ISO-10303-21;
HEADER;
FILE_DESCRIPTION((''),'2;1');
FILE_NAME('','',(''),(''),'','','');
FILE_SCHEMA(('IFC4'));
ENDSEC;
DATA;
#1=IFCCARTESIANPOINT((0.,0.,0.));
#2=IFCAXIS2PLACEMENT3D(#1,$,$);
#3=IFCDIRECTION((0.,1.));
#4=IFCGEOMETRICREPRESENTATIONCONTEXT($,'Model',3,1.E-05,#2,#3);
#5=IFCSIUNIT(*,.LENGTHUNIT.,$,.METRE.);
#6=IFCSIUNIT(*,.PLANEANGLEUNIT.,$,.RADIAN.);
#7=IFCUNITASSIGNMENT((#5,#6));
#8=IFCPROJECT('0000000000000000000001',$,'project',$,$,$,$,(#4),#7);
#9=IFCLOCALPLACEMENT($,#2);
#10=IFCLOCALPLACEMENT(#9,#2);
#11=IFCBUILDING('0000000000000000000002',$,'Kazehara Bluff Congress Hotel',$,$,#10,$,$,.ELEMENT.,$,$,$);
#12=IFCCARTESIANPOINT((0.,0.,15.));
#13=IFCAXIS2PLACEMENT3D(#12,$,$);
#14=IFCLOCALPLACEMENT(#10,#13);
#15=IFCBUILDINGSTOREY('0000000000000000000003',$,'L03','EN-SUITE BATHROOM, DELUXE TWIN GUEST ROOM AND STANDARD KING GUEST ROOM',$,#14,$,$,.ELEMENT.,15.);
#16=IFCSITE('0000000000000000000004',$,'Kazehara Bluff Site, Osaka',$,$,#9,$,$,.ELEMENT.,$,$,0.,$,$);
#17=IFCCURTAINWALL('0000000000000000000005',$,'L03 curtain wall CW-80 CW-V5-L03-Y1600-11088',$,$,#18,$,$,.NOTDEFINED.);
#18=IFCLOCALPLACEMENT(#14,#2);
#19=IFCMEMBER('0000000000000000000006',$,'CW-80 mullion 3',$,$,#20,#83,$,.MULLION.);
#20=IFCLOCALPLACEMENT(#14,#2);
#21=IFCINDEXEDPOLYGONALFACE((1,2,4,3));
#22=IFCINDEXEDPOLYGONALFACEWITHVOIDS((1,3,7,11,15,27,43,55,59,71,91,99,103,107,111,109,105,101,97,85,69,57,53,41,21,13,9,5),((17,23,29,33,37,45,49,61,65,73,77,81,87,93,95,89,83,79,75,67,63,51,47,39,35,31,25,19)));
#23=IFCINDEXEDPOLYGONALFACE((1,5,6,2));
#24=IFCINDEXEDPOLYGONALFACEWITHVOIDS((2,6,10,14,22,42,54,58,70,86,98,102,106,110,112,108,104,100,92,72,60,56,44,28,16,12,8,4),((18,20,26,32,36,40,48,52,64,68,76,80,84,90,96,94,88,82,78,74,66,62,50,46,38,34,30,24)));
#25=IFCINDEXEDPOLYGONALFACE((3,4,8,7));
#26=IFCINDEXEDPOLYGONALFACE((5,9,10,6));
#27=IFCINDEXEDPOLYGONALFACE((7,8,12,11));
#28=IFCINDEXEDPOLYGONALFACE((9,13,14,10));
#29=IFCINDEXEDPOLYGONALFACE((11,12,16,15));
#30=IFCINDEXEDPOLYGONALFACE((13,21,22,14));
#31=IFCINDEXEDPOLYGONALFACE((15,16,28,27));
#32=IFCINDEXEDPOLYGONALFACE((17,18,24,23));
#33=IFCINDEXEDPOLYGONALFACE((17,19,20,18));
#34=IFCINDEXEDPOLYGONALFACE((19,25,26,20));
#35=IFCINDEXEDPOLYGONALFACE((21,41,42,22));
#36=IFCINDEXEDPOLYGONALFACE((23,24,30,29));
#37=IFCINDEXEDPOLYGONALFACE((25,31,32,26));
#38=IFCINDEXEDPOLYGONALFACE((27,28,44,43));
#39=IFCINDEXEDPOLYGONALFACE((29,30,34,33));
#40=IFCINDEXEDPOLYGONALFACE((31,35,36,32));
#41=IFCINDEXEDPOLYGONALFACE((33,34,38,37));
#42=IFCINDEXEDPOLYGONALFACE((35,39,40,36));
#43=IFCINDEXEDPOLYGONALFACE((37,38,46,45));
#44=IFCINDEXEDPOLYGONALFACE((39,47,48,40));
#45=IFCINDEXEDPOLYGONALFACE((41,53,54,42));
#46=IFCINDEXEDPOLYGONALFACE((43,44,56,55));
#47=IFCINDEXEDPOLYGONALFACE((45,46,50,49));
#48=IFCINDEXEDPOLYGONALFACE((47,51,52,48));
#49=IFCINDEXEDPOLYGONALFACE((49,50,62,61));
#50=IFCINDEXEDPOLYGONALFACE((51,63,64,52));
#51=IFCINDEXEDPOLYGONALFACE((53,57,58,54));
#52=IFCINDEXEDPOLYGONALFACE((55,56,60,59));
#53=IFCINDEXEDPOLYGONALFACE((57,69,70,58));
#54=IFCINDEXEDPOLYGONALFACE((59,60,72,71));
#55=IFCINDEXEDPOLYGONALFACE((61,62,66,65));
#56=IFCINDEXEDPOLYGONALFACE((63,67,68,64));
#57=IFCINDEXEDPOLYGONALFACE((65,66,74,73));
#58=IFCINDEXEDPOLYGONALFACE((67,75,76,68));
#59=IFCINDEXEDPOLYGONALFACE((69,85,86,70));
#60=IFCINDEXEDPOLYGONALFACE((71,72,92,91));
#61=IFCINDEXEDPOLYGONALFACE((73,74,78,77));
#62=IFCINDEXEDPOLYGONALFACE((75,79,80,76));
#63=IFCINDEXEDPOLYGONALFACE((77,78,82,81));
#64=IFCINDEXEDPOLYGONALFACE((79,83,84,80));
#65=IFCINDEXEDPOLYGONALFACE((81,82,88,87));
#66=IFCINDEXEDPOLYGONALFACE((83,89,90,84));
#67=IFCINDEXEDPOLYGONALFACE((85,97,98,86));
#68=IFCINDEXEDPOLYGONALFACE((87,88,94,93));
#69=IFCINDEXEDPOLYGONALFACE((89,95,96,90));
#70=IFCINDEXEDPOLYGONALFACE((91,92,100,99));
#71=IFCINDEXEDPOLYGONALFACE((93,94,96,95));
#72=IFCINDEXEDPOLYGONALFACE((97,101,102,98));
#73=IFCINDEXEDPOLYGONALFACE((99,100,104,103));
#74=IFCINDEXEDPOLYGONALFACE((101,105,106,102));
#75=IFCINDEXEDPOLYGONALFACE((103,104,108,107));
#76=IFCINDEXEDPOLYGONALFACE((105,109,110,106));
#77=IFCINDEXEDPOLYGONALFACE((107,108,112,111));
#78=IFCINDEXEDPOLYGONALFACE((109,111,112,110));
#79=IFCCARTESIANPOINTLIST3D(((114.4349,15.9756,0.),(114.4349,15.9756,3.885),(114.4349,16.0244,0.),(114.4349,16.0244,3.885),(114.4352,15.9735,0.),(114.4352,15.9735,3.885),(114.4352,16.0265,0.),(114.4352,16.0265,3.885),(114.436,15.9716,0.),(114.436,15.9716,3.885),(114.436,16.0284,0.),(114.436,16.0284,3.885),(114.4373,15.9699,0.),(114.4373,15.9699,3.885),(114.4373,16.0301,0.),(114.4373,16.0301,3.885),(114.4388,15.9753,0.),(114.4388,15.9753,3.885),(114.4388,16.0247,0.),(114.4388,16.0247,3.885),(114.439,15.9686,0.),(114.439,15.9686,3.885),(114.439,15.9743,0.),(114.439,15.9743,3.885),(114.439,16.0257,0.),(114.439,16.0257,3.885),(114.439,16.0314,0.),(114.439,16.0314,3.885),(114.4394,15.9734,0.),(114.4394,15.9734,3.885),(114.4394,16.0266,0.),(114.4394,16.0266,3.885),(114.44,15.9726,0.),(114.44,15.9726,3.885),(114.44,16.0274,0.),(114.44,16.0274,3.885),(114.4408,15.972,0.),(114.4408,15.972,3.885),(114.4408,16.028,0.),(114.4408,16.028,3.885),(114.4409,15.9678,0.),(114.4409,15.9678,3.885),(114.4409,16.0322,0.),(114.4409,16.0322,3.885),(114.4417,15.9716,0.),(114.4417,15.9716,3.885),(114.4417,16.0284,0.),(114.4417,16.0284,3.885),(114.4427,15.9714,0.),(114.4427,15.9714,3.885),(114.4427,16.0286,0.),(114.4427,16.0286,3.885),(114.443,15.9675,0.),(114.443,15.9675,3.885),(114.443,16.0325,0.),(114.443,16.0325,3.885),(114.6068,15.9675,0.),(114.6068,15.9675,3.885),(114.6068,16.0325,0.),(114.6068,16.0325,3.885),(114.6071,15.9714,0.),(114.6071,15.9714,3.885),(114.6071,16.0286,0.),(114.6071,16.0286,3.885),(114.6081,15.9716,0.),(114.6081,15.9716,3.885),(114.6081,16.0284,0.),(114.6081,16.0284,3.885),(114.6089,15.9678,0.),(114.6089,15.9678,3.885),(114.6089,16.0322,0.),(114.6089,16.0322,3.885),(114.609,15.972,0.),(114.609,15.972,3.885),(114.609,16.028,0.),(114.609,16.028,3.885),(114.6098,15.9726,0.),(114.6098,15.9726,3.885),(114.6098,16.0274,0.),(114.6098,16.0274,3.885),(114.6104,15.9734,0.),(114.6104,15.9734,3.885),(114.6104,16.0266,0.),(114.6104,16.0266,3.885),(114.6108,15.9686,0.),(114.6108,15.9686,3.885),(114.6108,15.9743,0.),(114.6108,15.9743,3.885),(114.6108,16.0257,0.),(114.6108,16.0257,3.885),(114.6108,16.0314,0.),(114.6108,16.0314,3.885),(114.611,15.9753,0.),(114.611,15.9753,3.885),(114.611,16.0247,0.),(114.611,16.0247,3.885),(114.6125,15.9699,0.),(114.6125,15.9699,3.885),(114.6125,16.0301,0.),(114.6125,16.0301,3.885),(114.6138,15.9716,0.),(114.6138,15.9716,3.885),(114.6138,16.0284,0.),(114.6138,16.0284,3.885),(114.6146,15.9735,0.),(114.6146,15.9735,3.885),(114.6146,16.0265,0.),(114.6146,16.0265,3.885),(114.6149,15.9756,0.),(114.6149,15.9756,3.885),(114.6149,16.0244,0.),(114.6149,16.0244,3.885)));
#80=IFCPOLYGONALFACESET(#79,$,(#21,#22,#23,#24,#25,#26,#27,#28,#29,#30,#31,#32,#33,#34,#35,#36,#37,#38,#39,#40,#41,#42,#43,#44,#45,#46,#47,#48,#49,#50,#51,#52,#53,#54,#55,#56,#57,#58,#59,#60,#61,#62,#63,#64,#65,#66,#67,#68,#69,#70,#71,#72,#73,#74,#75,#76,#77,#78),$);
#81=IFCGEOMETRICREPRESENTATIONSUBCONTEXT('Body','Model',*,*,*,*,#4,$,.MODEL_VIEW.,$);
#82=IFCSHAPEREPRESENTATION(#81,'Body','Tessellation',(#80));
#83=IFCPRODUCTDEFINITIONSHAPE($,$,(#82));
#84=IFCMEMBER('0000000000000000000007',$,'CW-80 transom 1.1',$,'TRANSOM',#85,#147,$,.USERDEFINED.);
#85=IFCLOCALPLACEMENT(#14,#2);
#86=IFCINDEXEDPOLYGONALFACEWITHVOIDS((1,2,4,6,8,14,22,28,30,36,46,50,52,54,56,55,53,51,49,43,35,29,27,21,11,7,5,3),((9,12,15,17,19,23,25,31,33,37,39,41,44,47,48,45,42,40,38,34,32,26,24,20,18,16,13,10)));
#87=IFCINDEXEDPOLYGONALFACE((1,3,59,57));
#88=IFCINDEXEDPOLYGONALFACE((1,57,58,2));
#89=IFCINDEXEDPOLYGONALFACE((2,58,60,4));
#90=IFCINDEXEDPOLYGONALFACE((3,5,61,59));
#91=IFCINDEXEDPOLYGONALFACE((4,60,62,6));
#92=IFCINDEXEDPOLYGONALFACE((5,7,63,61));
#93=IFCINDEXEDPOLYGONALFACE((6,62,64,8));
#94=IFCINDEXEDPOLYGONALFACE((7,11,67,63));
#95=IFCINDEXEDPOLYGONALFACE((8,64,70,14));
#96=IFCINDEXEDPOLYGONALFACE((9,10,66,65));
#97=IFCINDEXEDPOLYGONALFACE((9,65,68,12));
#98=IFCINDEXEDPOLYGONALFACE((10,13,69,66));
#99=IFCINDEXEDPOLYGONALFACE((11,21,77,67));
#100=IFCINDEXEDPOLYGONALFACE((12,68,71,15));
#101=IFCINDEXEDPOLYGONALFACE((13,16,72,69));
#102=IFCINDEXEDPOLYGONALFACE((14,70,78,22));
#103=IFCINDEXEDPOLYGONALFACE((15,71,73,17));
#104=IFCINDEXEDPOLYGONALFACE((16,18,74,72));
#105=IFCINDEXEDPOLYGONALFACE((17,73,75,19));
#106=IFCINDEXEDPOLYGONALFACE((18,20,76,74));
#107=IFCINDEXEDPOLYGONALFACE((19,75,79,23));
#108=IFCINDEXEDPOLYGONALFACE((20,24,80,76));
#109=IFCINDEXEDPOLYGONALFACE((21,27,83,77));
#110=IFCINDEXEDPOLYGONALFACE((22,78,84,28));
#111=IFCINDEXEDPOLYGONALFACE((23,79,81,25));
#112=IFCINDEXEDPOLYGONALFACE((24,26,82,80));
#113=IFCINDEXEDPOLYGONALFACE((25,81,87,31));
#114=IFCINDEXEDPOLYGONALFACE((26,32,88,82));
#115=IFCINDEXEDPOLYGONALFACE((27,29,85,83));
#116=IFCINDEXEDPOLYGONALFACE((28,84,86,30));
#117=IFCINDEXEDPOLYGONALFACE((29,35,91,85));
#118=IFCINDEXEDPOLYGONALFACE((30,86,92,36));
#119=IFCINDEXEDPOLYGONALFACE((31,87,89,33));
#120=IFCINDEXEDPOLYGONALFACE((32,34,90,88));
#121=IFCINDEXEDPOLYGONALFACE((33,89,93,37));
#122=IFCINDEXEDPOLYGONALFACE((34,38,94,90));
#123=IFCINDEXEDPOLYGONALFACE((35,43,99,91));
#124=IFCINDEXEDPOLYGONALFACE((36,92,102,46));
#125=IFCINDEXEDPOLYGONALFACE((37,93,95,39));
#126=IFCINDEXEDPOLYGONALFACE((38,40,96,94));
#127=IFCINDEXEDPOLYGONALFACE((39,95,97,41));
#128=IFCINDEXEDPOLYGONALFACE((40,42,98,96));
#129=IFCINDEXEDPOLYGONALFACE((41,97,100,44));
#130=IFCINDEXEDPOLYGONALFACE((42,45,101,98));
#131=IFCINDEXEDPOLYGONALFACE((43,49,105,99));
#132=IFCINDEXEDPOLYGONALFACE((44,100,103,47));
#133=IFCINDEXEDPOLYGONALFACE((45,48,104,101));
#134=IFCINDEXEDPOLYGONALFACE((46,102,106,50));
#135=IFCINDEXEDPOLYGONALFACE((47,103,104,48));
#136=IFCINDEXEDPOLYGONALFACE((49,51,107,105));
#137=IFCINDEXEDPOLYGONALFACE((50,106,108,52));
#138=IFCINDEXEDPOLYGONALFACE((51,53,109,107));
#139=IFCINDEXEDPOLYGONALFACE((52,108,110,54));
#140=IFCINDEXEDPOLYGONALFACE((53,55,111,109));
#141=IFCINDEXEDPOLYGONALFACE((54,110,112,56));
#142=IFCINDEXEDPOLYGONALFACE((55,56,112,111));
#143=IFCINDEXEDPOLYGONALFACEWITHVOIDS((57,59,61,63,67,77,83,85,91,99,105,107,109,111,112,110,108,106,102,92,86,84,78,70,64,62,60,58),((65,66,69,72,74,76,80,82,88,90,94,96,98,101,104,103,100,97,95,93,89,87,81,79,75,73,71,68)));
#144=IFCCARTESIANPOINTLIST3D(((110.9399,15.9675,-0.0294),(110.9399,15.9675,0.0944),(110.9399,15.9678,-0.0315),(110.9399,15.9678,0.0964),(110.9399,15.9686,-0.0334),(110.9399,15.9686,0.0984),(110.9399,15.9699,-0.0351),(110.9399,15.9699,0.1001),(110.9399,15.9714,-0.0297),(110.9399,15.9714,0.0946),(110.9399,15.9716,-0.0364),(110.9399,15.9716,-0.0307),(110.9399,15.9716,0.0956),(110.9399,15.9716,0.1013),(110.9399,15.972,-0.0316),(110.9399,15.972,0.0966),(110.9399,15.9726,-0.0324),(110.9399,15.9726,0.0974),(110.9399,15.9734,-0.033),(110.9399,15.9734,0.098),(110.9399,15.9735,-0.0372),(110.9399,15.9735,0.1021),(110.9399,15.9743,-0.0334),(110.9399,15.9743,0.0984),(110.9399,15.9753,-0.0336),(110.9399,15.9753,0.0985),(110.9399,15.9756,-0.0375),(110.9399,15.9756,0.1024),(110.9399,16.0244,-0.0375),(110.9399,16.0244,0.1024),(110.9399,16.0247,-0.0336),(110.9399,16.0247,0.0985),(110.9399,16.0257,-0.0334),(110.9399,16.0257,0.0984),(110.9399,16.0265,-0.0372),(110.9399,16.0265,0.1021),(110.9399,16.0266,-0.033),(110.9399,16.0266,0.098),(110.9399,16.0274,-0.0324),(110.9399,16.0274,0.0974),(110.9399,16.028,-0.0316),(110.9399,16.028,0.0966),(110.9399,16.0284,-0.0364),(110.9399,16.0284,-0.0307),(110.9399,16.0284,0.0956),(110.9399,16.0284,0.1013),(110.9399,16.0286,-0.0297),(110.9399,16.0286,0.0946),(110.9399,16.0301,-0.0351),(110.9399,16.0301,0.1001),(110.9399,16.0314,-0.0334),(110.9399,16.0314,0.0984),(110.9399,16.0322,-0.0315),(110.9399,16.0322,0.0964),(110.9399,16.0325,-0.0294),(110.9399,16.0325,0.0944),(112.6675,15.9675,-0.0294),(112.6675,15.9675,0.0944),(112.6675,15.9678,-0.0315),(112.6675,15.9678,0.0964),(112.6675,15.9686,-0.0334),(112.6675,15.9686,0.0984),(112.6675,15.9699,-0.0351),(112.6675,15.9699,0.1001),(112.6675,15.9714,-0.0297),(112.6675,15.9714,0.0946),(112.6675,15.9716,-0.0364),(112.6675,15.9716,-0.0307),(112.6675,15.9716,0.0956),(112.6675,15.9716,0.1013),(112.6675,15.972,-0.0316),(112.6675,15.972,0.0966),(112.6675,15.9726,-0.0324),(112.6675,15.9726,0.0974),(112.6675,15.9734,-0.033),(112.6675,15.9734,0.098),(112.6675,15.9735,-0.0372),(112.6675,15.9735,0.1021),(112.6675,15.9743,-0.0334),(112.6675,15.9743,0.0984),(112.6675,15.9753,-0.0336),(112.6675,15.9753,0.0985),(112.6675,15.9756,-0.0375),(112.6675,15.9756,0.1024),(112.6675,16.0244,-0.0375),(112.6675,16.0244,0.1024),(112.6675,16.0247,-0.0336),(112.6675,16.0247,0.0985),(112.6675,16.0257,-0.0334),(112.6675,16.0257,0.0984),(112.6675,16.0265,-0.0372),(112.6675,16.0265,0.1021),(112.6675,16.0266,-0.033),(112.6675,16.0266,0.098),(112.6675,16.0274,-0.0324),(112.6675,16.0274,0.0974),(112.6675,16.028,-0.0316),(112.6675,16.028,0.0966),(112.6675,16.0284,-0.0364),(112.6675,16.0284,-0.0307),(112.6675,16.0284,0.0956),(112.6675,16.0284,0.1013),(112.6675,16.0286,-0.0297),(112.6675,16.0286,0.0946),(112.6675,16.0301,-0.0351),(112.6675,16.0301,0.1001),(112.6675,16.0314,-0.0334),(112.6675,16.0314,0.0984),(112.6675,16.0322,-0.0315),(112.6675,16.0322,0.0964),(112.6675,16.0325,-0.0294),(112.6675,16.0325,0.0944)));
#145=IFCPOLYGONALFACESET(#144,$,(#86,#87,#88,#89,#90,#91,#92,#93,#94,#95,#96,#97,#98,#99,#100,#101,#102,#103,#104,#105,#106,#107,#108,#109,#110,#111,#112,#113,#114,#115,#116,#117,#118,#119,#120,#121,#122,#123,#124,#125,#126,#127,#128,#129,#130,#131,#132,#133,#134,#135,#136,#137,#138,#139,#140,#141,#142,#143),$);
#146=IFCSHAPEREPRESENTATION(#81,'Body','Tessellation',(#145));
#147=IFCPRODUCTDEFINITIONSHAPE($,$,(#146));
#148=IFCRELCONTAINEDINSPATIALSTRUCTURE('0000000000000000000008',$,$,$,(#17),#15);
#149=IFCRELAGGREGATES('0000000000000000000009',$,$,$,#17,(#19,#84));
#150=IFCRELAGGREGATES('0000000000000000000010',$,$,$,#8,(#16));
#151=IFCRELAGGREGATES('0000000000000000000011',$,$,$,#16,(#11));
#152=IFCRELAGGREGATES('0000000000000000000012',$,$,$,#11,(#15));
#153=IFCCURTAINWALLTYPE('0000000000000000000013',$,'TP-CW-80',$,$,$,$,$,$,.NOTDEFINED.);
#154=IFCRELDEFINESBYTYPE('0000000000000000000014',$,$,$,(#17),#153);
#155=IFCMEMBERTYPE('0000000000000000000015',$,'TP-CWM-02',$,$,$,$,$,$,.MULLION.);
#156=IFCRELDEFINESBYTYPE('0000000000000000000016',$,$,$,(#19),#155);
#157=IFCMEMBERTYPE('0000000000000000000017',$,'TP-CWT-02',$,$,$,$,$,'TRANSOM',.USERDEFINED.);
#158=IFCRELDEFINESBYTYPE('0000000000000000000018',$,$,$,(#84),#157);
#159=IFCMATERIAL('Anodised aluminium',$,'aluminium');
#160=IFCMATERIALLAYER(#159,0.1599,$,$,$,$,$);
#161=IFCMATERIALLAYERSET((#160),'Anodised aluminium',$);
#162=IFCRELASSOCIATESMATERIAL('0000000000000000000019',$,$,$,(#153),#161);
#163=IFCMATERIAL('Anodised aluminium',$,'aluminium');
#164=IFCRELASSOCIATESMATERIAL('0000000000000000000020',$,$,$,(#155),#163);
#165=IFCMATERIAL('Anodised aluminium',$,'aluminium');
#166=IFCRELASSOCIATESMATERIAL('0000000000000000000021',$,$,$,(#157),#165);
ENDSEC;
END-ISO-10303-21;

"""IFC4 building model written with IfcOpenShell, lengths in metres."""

from ifc_helpers import new_model, si_unit, direction, frame, origin, origin_2d, place, context, subcontext, project, spatial, hollow_rectangle, extrude, material, layer, layer_set, material_profile, profile_set, type_object, element, aggregate, save


model = new_model("IFC4")

# Units and contexts
model_context = context("Model", 3, precision=1e-05, world=origin(), true_north=direction((0.0, 1.0)))
body_context = subcontext(model_context, "Body", "Model", "MODEL_VIEW")
ifc_project = project(units=[si_unit("LENGTHUNIT", "METRE"), si_unit("PLANEANGLEUNIT", "RADIAN")], contexts=[model_context])

# Site, building, storey
site_placement = place(None, origin())
site = spatial("IfcSite", under=ifc_project, at=site_placement, Name="Kazehara Bluff Site, Osaka", CompositionType="ELEMENT", RefElevation=0.0)
building_placement = place(site_placement, origin())
building = spatial("IfcBuilding", under=site, at=building_placement, Name="Kazehara Bluff Congress Hotel", CompositionType="ELEMENT")
storey_placement = place(building_placement, frame((0.0, 0.0, 15.0)))
storey = spatial("IfcBuildingStorey", under=building, at=storey_placement, Name="L03", Description="EN-SUITE BATHROOM, DELUXE TWIN GUEST ROOM AND STANDARD KING GUEST ROOM", CompositionType="ELEMENT", Elevation=15.0)

# Curtain wall, members
ifc_material_1 = material(Name="Anodised aluminium", Category="aluminium")
ifc_layer_1 = layer(ifc_material_1, 0.1599)
ifc_layer_set_1 = layer_set([ifc_layer_1], Name="Anodised aluminium")
curtain_wall_type = type_object("IfcCurtainWallType", Name="TP-CW-80", PredefinedType="NOTDEFINED", material=ifc_layer_set_1)
curtain_wall_placement = place(storey_placement, origin())
curtain_wall = element("IfcCurtainWall", 1, at=curtain_wall_placement, inside=storey, type_object=curtain_wall_type, Name="L03 curtain wall CW-80 CW-V5-L03-Y1600-11088", PredefinedType="NOTDEFINED")
ifc_material_2 = material(Name="Anodised aluminium", Category="aluminium")
ifc_material_profile_1 = material_profile(ifc_material_2, hollow_rectangle(XDim=0.0649, YDim=0.1799, WallThickness=0.0039, InnerFilletRadius=0.0039, OuterFilletRadius=0.0081, at=origin_2d()))
ifc_profile_set_1 = profile_set([ifc_material_profile_1], Name="Anodised aluminium")
member_type_1 = type_object("IfcMemberType", Name="TP-CWM-02", PredefinedType="MULLION", material=ifc_profile_set_1)
member_1_placement = place(storey_placement, frame((114.5249, 16.0, 0.0), z_axis=(0.0, 0.0, 1.0), x_axis=(0.0, 1.0, 0.0)))
member_1 = element("IfcMember", 2, at=member_1_placement, type_object=member_type_1, Name="CW-80 mullion 3", PredefinedType="MULLION", context=body_context, shape_type="SweptSolid", body=[
    extrude(hollow_rectangle(XDim=0.0649, YDim=0.1799, WallThickness=0.0039, InnerFilletRadius=0.0039, OuterFilletRadius=0.0081, at=origin_2d()), origin(), (0.0, 0.0, 1.0), 3.885),
])
ifc_material_3 = material(Name="Anodised aluminium", Category="aluminium")
ifc_material_profile_2 = material_profile(ifc_material_3, hollow_rectangle(XDim=0.0649, YDim=0.1399, WallThickness=0.0039, InnerFilletRadius=0.0039, OuterFilletRadius=0.0081, at=origin_2d()))
ifc_profile_set_2 = profile_set([ifc_material_profile_2], Name="Anodised aluminium")
member_type_2 = type_object("IfcMemberType", Name="TP-CWT-02", ElementType="TRANSOM", PredefinedType="USERDEFINED", material=ifc_profile_set_2)
member_2_placement = place(storey_placement, frame((110.9399, 16.0, 0.0325), z_axis=(1.0, 0.0, 0.0), x_axis=(0.0, 1.0, 0.0)))
member_2 = element("IfcMember", 3, at=member_2_placement, type_object=member_type_2, Name="CW-80 transom 1.1", ObjectType="TRANSOM", PredefinedType="USERDEFINED", context=body_context, shape_type="SweptSolid", body=[
    extrude(hollow_rectangle(XDim=0.0649, YDim=0.1399, WallThickness=0.0039, InnerFilletRadius=0.0039, OuterFilletRadius=0.0081, at=origin_2d()), origin(), (0.0, 0.0, 1.0), 1.7275),
])

aggregate(curtain_wall, [member_1, member_2])

save(model, "model.ifc")
